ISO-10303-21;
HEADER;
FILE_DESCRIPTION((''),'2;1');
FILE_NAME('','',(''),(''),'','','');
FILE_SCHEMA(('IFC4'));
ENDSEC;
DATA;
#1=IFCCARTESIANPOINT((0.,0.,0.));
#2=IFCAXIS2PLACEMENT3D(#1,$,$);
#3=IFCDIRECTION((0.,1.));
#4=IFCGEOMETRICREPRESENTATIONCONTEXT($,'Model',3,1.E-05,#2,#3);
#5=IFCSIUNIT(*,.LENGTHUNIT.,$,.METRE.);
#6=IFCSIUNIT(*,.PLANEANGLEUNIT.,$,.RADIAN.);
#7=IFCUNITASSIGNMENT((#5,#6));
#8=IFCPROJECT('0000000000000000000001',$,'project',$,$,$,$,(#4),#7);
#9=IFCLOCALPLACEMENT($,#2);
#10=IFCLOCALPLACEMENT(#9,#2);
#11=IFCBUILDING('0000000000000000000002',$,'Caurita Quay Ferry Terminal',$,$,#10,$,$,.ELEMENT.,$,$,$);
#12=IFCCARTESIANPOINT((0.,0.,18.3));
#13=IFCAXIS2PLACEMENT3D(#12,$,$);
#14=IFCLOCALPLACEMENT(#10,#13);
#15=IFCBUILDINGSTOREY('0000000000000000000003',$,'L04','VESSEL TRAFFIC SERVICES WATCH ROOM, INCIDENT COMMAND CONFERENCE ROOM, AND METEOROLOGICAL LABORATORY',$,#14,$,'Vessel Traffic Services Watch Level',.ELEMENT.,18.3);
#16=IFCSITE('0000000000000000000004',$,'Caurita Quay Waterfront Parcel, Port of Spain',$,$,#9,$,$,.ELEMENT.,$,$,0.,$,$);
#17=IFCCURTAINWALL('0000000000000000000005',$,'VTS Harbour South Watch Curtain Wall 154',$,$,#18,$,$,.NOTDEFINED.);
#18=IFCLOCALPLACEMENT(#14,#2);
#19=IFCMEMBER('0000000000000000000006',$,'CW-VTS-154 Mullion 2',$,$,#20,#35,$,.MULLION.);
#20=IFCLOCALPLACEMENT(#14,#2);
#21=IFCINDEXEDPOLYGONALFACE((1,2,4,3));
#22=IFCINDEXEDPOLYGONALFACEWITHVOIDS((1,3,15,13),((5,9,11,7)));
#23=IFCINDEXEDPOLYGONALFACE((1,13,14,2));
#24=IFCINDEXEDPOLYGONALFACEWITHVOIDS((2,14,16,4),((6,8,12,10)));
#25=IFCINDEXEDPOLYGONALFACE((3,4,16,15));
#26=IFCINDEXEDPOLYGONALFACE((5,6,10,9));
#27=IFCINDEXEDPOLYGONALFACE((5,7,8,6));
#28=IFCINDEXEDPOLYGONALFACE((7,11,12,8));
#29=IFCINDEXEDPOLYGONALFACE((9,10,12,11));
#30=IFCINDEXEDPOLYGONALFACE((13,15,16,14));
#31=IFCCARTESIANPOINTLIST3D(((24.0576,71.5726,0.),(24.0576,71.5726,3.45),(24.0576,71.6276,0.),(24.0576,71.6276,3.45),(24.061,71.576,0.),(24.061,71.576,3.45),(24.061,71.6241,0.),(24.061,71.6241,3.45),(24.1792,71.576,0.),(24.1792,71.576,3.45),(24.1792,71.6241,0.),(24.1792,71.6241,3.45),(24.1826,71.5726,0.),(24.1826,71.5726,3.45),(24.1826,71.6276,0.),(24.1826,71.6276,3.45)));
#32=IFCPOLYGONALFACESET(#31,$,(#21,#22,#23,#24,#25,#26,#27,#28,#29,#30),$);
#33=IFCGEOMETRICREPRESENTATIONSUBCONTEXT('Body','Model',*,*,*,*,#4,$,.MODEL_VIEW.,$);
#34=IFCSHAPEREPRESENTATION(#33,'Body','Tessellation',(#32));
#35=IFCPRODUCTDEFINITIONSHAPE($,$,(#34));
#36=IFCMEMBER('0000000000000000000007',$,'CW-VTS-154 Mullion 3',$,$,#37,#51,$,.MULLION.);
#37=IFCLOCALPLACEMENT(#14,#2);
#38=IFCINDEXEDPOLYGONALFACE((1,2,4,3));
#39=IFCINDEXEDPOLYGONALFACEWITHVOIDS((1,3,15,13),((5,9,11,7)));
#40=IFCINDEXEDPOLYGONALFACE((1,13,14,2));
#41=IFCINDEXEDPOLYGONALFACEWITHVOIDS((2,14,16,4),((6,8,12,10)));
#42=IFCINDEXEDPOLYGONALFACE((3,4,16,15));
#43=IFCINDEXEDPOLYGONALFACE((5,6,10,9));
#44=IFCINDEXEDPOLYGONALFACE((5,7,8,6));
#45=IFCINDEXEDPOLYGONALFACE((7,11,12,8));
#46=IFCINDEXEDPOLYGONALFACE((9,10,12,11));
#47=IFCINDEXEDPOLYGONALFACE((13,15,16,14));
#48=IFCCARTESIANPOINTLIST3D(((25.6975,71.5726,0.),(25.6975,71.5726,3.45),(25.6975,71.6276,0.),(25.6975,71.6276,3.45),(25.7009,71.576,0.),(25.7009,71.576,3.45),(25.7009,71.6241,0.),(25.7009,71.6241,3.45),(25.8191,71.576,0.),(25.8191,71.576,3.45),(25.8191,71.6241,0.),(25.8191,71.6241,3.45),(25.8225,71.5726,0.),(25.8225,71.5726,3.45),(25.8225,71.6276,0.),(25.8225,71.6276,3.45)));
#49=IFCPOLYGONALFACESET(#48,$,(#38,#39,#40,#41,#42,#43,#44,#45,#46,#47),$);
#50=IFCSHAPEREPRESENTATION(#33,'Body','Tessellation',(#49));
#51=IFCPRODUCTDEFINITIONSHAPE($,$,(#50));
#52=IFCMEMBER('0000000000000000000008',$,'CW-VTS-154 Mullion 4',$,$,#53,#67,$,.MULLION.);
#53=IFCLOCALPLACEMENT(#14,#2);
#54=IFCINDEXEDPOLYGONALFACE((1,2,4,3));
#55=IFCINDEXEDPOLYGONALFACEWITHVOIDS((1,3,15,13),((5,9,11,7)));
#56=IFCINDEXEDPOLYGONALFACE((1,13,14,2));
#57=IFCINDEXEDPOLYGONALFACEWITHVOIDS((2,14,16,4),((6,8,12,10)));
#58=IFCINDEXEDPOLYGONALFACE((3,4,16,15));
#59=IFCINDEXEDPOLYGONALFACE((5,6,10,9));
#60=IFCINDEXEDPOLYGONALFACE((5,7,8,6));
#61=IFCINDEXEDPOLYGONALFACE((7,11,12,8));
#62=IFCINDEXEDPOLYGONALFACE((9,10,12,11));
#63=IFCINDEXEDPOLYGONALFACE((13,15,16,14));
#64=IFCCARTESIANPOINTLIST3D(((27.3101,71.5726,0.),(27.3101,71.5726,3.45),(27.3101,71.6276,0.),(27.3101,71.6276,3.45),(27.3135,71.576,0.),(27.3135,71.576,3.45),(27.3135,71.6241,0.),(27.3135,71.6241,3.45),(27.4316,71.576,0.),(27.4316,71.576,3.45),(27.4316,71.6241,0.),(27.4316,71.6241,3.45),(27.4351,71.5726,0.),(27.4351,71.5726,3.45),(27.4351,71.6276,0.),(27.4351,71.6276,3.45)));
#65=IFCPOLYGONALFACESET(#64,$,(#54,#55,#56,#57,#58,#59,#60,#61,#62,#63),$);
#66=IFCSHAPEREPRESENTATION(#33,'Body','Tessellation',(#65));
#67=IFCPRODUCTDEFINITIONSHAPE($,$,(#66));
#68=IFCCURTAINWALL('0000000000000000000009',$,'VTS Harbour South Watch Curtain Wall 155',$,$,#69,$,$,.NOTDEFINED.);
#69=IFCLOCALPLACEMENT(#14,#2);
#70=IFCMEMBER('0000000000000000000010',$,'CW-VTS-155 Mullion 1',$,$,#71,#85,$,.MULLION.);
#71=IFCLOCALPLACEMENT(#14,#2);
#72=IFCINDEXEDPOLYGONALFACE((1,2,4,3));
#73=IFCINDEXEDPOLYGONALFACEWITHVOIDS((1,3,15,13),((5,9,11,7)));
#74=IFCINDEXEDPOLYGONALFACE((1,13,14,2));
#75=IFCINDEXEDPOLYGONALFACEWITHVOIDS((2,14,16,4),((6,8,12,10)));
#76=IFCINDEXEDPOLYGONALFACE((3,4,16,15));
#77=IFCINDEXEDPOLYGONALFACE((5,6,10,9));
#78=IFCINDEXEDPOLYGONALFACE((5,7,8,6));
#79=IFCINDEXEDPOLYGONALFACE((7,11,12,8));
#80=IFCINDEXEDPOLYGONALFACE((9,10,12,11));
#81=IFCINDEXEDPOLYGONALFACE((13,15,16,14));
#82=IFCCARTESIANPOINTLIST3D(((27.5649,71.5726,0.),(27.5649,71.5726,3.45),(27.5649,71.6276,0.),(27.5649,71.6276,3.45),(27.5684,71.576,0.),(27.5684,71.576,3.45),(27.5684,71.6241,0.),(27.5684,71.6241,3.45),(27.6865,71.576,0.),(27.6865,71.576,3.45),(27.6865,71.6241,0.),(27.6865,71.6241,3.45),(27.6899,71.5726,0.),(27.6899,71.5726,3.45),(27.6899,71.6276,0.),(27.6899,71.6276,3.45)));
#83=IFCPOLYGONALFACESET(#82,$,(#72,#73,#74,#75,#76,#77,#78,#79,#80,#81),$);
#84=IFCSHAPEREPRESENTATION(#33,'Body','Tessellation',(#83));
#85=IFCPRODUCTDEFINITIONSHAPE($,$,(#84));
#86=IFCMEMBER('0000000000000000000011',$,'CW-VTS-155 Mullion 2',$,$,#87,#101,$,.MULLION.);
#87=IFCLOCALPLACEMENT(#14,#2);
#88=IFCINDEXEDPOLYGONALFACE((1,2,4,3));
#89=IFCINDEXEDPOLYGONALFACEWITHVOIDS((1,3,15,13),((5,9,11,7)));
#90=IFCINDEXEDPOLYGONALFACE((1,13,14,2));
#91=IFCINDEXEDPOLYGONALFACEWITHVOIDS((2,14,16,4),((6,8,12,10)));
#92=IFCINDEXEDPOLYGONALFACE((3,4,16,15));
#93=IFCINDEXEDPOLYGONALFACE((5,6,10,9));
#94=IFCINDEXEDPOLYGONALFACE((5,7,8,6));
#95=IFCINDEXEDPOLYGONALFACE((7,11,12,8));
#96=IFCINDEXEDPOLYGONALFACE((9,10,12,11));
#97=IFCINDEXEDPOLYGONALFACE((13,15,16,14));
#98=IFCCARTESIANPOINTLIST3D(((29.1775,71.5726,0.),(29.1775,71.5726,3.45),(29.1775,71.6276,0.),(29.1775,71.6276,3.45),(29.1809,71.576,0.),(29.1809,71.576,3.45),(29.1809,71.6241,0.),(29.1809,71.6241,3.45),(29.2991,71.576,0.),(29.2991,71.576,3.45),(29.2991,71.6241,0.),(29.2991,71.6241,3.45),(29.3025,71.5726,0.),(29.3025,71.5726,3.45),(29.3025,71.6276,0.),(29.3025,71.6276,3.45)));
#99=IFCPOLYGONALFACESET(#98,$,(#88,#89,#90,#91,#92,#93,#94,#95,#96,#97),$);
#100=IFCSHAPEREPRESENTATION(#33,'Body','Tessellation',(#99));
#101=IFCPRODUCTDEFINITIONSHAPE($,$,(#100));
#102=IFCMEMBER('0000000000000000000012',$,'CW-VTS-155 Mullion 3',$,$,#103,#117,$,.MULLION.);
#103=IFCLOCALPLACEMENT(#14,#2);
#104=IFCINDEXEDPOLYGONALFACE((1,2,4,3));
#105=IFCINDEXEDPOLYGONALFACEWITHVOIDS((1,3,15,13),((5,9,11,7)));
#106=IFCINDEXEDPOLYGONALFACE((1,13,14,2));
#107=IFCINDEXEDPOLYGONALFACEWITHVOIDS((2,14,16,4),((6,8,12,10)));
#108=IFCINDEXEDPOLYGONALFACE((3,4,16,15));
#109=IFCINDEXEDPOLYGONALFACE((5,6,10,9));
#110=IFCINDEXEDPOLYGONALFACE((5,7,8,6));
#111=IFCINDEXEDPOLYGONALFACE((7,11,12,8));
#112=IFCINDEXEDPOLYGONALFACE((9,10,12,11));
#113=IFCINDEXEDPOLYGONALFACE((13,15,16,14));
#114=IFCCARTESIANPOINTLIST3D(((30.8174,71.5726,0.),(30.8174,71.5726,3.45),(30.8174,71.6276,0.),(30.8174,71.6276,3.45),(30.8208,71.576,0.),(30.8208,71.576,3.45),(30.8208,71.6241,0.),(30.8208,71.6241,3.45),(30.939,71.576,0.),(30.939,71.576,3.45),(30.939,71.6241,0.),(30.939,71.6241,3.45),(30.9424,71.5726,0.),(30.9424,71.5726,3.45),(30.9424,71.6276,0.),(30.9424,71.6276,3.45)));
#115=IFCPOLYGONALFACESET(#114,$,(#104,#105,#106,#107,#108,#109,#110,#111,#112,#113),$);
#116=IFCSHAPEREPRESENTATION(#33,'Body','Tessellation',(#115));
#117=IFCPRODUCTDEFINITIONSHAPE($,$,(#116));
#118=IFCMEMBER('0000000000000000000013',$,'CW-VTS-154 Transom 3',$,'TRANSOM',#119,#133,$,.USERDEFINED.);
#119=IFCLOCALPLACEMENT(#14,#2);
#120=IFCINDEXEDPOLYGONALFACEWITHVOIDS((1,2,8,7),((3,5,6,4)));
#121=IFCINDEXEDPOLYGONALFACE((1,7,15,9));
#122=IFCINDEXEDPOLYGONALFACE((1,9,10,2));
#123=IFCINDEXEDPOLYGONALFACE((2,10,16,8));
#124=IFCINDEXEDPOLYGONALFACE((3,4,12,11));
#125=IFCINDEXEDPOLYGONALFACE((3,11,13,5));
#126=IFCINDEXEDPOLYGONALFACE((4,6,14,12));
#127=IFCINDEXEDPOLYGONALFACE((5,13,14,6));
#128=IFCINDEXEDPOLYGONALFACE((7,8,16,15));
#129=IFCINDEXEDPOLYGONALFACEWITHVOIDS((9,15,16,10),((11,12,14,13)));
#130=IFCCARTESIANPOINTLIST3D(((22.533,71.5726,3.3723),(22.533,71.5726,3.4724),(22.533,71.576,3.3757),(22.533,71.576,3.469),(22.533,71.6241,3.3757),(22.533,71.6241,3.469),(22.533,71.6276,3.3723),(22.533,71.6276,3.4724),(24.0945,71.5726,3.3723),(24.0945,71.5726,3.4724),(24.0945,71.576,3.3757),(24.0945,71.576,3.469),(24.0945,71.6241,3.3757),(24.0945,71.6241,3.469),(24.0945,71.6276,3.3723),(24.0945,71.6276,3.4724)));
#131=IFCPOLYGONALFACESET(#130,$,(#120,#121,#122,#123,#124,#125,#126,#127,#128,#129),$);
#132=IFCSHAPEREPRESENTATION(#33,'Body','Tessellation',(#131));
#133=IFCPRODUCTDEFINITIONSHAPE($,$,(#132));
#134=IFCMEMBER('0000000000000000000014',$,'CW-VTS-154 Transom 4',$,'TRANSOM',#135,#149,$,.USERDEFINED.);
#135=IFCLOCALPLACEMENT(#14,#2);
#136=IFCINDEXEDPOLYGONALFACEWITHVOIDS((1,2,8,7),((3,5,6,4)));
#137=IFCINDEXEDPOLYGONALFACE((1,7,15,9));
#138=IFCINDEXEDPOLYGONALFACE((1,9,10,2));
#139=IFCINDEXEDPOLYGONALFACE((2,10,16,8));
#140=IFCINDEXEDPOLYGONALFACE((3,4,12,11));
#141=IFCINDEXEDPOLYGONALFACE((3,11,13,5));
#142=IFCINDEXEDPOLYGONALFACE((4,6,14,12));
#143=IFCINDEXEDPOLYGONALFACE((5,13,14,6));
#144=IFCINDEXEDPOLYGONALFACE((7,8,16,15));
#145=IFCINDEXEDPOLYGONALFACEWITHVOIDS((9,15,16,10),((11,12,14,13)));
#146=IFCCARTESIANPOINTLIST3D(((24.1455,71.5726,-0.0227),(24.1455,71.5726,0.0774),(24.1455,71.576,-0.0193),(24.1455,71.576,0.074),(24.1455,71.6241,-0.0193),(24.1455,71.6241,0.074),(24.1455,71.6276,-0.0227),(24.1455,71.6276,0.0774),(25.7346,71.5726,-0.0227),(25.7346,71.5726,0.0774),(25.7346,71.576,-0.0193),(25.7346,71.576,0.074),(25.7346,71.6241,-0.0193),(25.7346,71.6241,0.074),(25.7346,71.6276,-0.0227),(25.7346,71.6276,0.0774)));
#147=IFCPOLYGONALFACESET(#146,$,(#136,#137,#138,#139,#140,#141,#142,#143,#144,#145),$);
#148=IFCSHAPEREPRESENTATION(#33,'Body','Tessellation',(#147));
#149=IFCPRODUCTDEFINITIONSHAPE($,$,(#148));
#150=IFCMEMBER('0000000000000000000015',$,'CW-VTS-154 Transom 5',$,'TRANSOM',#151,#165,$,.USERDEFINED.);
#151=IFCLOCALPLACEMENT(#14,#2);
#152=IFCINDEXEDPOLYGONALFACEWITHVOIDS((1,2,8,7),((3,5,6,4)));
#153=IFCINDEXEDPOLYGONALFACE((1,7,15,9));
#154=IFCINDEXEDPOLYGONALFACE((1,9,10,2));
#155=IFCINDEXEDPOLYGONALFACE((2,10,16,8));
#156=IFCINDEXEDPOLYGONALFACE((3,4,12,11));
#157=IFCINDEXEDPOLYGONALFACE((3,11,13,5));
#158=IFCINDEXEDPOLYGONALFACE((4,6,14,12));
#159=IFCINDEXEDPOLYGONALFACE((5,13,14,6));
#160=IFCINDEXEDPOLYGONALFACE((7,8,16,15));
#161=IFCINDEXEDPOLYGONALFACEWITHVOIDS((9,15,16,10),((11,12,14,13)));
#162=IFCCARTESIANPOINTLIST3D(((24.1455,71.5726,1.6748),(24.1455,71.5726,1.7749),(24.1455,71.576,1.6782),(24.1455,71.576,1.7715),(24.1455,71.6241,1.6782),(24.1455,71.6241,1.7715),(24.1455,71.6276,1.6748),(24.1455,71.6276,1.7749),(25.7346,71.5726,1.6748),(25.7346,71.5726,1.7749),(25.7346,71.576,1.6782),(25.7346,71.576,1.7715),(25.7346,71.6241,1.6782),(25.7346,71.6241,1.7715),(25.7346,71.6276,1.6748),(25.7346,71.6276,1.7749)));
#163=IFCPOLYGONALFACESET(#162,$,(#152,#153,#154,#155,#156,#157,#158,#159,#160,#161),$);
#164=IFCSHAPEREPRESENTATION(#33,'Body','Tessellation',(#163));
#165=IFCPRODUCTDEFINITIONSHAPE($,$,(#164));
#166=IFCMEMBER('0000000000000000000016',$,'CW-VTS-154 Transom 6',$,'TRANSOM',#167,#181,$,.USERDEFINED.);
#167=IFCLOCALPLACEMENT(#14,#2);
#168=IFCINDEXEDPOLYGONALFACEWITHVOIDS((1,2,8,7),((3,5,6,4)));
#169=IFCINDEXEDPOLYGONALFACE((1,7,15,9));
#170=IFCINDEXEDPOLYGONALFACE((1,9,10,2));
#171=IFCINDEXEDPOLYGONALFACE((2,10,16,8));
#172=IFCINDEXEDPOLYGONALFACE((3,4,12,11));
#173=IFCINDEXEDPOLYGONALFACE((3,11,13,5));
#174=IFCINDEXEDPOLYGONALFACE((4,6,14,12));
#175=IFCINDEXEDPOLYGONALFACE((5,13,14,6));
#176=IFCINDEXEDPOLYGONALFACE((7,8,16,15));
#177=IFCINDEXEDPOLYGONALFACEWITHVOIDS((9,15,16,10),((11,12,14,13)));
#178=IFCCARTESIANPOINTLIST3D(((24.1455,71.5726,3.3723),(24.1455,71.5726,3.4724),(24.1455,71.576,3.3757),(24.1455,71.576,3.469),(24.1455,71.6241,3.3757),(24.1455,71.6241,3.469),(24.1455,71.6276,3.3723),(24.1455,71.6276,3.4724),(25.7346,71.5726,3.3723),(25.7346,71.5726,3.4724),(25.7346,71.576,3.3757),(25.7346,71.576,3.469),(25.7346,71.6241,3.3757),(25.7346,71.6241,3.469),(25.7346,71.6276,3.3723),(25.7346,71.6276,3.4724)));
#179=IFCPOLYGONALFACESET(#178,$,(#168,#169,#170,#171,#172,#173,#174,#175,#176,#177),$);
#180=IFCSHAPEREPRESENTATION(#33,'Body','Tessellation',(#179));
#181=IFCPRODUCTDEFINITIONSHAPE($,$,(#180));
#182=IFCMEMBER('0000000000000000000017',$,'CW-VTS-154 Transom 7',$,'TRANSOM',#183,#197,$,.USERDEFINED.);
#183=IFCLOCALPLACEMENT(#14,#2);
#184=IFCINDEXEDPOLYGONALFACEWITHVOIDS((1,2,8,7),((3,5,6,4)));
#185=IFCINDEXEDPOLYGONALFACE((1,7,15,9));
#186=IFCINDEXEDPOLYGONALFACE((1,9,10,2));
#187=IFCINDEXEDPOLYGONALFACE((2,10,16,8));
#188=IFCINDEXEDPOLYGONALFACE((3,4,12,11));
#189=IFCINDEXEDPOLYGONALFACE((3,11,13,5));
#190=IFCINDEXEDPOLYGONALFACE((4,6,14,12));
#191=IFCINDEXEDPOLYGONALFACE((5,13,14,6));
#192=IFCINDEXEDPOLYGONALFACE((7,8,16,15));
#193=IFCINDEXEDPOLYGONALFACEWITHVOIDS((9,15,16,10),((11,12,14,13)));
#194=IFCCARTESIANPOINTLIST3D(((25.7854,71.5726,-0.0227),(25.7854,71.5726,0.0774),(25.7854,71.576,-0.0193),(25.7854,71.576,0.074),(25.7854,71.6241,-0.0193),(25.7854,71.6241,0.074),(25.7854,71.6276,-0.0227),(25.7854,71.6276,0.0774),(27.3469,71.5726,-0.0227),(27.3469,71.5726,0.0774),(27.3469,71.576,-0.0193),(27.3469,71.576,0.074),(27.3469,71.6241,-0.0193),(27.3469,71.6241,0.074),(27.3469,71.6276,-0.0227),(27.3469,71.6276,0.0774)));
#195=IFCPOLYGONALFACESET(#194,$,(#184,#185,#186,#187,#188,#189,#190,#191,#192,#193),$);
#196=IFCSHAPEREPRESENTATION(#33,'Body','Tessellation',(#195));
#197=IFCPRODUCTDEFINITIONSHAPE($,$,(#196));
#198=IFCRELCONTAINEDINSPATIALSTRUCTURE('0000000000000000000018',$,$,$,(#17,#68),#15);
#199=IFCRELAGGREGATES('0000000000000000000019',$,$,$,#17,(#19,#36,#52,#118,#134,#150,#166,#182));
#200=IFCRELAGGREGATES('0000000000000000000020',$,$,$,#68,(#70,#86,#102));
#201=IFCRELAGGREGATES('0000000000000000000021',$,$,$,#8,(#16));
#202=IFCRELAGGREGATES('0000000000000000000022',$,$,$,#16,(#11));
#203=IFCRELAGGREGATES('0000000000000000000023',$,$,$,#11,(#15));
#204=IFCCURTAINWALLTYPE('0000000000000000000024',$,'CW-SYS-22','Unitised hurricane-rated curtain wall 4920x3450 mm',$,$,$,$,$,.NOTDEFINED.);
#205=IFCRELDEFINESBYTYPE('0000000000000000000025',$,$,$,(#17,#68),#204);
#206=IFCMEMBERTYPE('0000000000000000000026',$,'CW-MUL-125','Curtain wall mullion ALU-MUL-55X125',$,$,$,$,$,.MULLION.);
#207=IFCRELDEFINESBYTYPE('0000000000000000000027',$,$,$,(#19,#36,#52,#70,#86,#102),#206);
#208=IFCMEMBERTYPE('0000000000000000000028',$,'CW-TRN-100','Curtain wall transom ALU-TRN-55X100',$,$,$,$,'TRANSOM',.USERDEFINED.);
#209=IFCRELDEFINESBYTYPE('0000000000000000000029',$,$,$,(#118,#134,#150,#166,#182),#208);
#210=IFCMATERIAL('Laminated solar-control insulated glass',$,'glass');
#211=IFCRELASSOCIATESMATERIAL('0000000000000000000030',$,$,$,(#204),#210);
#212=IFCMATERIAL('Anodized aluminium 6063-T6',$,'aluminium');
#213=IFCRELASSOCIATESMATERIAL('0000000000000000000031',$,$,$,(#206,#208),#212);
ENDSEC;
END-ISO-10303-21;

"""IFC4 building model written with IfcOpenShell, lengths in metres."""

from ifc_helpers import new_model, si_unit, direction, frame, origin, origin_2d, place, context, subcontext, project, spatial, hollow_rectangle, extrude, material, material_profile, profile_set, type_object, element, aggregate, save


model = new_model("IFC4")

# Units and contexts
model_context = context("Model", 3, precision=1e-05, world=origin(), true_north=direction((0.0, 1.0)))
body_context = subcontext(model_context, "Body", "Model", "MODEL_VIEW")
ifc_project = project(units=[si_unit("LENGTHUNIT", "METRE"), si_unit("PLANEANGLEUNIT", "RADIAN")], contexts=[model_context])

# Site, building, storey
site_placement = place(None, origin())
site = spatial("IfcSite", under=ifc_project, at=site_placement, Name="Caurita Quay Waterfront Parcel, Port of Spain", CompositionType="ELEMENT", RefElevation=0.0)
building_placement = place(site_placement, origin())
building = spatial("IfcBuilding", under=site, at=building_placement, Name="Caurita Quay Ferry Terminal", CompositionType="ELEMENT")
storey_placement = place(building_placement, frame((0.0, 0.0, 18.3)))
storey = spatial("IfcBuildingStorey", under=building, at=storey_placement, Name="L04", Description="VESSEL TRAFFIC SERVICES WATCH ROOM, INCIDENT COMMAND CONFERENCE ROOM, AND METEOROLOGICAL LABORATORY", LongName="Vessel Traffic Services Watch Level", CompositionType="ELEMENT", Elevation=18.3)

# Curtain walls, members
ifc_material_1 = material(Name="Laminated solar-control insulated glass", Category="glass")
curtain_wall_type = type_object("IfcCurtainWallType", Name="CW-SYS-22", Description="Unitised hurricane-rated curtain wall 4920x3450 mm", PredefinedType="NOTDEFINED", material=ifc_material_1)
curtain_wall_1_placement = place(storey_placement, origin())
curtain_wall_1 = element("IfcCurtainWall", 1, at=curtain_wall_1_placement, inside=storey, type_object=curtain_wall_type, Name="VTS Harbour South Watch Curtain Wall 154", PredefinedType="NOTDEFINED")
ifc_material_2 = material(Name="Anodized aluminium 6063-T6", Category="aluminium")
ifc_material_profile_1 = material_profile(ifc_material_2, hollow_rectangle(XDim=0.0549, YDim=0.125, WallThickness=0.0034, at=origin_2d()), Name="ALU-MUL-55X125")
ifc_profile_set_1 = profile_set([ifc_material_profile_1], Name="Anodized aluminium 6063-T6")
member_type_1 = type_object("IfcMemberType", Name="CW-MUL-125", Description="Curtain wall mullion ALU-MUL-55X125", PredefinedType="MULLION", material=ifc_profile_set_1)
member_1_placement = place(storey_placement, frame((24.1201, 71.6001, 0.0), z_axis=(0.0, 0.0, 1.0), x_axis=(0.0, 1.0, 0.0)))
member_1 = element("IfcMember", 2, at=member_1_placement, type_object=member_type_1, Name="CW-VTS-154 Mullion 2", PredefinedType="MULLION", context=body_context, shape_type="SweptSolid", body=[
    extrude(hollow_rectangle(XDim=0.0549, YDim=0.125, WallThickness=0.0034, at=origin_2d()), origin(), (0.0, 0.0, 1.0), 3.45),
])
member_2_placement = place(storey_placement, frame((25.76, 71.6001, 0.0), z_axis=(0.0, 0.0, 1.0), x_axis=(0.0, 1.0, 0.0)))
member_2 = element("IfcMember", 3, at=member_2_placement, type_object=member_type_1, Name="CW-VTS-154 Mullion 3", PredefinedType="MULLION", context=body_context, shape_type="SweptSolid", body=[
    extrude(hollow_rectangle(XDim=0.0549, YDim=0.125, WallThickness=0.0034, at=origin_2d()), origin(), (0.0, 0.0, 1.0), 3.45),
])
member_3_placement = place(storey_placement, frame((27.3726, 71.6001, 0.0), z_axis=(0.0, 0.0, 1.0), x_axis=(0.0, 1.0, 0.0)))
member_3 = element("IfcMember", 4, at=member_3_placement, type_object=member_type_1, Name="CW-VTS-154 Mullion 4", PredefinedType="MULLION", context=body_context, shape_type="SweptSolid", body=[
    extrude(hollow_rectangle(XDim=0.0549, YDim=0.125, WallThickness=0.0034, at=origin_2d()), origin(), (0.0, 0.0, 1.0), 3.45),
])
curtain_wall_2_placement = place(storey_placement, origin())
curtain_wall_2 = element("IfcCurtainWall", 5, at=curtain_wall_2_placement, inside=storey, type_object=curtain_wall_type, Name="VTS Harbour South Watch Curtain Wall 155", PredefinedType="NOTDEFINED")
member_4_placement = place(storey_placement, frame((27.6274, 71.6001, 0.0), z_axis=(0.0, 0.0, 1.0), x_axis=(0.0, 1.0, 0.0)))
member_4 = element("IfcMember", 6, at=member_4_placement, type_object=member_type_1, Name="CW-VTS-155 Mullion 1", PredefinedType="MULLION", context=body_context, shape_type="SweptSolid", body=[
    extrude(hollow_rectangle(XDim=0.0549, YDim=0.125, WallThickness=0.0034, at=origin_2d()), origin(), (0.0, 0.0, 1.0), 3.45),
])
member_5_placement = place(storey_placement, frame((29.24, 71.6001, 0.0), z_axis=(0.0, 0.0, 1.0), x_axis=(0.0, 1.0, 0.0)))
member_5 = element("IfcMember", 7, at=member_5_placement, type_object=member_type_1, Name="CW-VTS-155 Mullion 2", PredefinedType="MULLION", context=body_context, shape_type="SweptSolid", body=[
    extrude(hollow_rectangle(XDim=0.0549, YDim=0.125, WallThickness=0.0034, at=origin_2d()), origin(), (0.0, 0.0, 1.0), 3.45),
])
member_6_placement = place(storey_placement, frame((30.8799, 71.6001, 0.0), z_axis=(0.0, 0.0, 1.0), x_axis=(0.0, 1.0, 0.0)))
member_6 = element("IfcMember", 8, at=member_6_placement, type_object=member_type_1, Name="CW-VTS-155 Mullion 3", PredefinedType="MULLION", context=body_context, shape_type="SweptSolid", body=[
    extrude(hollow_rectangle(XDim=0.0549, YDim=0.125, WallThickness=0.0034, at=origin_2d()), origin(), (0.0, 0.0, 1.0), 3.45),
])

# Members
ifc_material_profile_2 = material_profile(ifc_material_2, hollow_rectangle(XDim=0.0549, YDim=0.1001, WallThickness=0.0034, at=origin_2d()), Name="ALU-TRN-55X100")
ifc_profile_set_2 = profile_set([ifc_material_profile_2], Name="Anodized aluminium 6063-T6")
member_type_2 = type_object("IfcMemberType", Name="CW-TRN-100", Description="Curtain wall transom ALU-TRN-55X100", ElementType="TRANSOM", PredefinedType="USERDEFINED", material=ifc_profile_set_2)
member_7_placement = place(storey_placement, frame((22.533, 71.6001, 3.4224), z_axis=(1.0, 0.0, 0.0), x_axis=(0.0, 1.0, 0.0)))
member_7 = element("IfcMember", 9, at=member_7_placement, type_object=member_type_2, Name="CW-VTS-154 Transom 3", ObjectType="TRANSOM", PredefinedType="USERDEFINED", context=body_context, shape_type="SweptSolid", body=[
    extrude(hollow_rectangle(XDim=0.0549, YDim=0.1001, WallThickness=0.0034, at=origin_2d()), origin(), (0.0, 0.0, 1.0), 1.5615),
])
member_8_placement = place(storey_placement, frame((24.1455, 71.6001, 0.0273), z_axis=(1.0, 0.0, 0.0), x_axis=(0.0, 1.0, 0.0)))
member_8 = element("IfcMember", 10, at=member_8_placement, type_object=member_type_2, Name="CW-VTS-154 Transom 4", ObjectType="TRANSOM", PredefinedType="USERDEFINED", context=body_context, shape_type="SweptSolid", body=[
    extrude(hollow_rectangle(XDim=0.0549, YDim=0.1001, WallThickness=0.0034, at=origin_2d()), origin(), (0.0, 0.0, 1.0), 1.5891),
])
member_9_placement = place(storey_placement, frame((24.1455, 71.6001, 1.7249), z_axis=(1.0, 0.0, 0.0), x_axis=(0.0, 1.0, 0.0)))
member_9 = element("IfcMember", 11, at=member_9_placement, type_object=member_type_2, Name="CW-VTS-154 Transom 5", ObjectType="TRANSOM", PredefinedType="USERDEFINED", context=body_context, shape_type="SweptSolid", body=[
    extrude(hollow_rectangle(XDim=0.0549, YDim=0.1001, WallThickness=0.0034, at=origin_2d()), origin(), (0.0, 0.0, 1.0), 1.5891),
])
member_10_placement = place(storey_placement, frame((24.1455, 71.6001, 3.4224), z_axis=(1.0, 0.0, 0.0), x_axis=(0.0, 1.0, 0.0)))
member_10 = element("IfcMember", 12, at=member_10_placement, type_object=member_type_2, Name="CW-VTS-154 Transom 6", ObjectType="TRANSOM", PredefinedType="USERDEFINED", context=body_context, shape_type="SweptSolid", body=[
    extrude(hollow_rectangle(XDim=0.0549, YDim=0.1001, WallThickness=0.0034, at=origin_2d()), origin(), (0.0, 0.0, 1.0), 1.5891),
])
member_11_placement = place(storey_placement, frame((25.7854, 71.6001, 0.0273), z_axis=(1.0, 0.0, 0.0), x_axis=(0.0, 1.0, 0.0)))
member_11 = element("IfcMember", 13, at=member_11_placement, type_object=member_type_2, Name="CW-VTS-154 Transom 7", ObjectType="TRANSOM", PredefinedType="USERDEFINED", context=body_context, shape_type="SweptSolid", body=[
    extrude(hollow_rectangle(XDim=0.0549, YDim=0.1001, WallThickness=0.0034, at=origin_2d()), origin(), (0.0, 0.0, 1.0), 1.5615),
])

aggregate(curtain_wall_1, [member_1, member_2, member_3, member_7, member_8, member_9, member_10, member_11])
aggregate(curtain_wall_2, [member_4, member_5, member_6])

save(model, "model.ifc")
